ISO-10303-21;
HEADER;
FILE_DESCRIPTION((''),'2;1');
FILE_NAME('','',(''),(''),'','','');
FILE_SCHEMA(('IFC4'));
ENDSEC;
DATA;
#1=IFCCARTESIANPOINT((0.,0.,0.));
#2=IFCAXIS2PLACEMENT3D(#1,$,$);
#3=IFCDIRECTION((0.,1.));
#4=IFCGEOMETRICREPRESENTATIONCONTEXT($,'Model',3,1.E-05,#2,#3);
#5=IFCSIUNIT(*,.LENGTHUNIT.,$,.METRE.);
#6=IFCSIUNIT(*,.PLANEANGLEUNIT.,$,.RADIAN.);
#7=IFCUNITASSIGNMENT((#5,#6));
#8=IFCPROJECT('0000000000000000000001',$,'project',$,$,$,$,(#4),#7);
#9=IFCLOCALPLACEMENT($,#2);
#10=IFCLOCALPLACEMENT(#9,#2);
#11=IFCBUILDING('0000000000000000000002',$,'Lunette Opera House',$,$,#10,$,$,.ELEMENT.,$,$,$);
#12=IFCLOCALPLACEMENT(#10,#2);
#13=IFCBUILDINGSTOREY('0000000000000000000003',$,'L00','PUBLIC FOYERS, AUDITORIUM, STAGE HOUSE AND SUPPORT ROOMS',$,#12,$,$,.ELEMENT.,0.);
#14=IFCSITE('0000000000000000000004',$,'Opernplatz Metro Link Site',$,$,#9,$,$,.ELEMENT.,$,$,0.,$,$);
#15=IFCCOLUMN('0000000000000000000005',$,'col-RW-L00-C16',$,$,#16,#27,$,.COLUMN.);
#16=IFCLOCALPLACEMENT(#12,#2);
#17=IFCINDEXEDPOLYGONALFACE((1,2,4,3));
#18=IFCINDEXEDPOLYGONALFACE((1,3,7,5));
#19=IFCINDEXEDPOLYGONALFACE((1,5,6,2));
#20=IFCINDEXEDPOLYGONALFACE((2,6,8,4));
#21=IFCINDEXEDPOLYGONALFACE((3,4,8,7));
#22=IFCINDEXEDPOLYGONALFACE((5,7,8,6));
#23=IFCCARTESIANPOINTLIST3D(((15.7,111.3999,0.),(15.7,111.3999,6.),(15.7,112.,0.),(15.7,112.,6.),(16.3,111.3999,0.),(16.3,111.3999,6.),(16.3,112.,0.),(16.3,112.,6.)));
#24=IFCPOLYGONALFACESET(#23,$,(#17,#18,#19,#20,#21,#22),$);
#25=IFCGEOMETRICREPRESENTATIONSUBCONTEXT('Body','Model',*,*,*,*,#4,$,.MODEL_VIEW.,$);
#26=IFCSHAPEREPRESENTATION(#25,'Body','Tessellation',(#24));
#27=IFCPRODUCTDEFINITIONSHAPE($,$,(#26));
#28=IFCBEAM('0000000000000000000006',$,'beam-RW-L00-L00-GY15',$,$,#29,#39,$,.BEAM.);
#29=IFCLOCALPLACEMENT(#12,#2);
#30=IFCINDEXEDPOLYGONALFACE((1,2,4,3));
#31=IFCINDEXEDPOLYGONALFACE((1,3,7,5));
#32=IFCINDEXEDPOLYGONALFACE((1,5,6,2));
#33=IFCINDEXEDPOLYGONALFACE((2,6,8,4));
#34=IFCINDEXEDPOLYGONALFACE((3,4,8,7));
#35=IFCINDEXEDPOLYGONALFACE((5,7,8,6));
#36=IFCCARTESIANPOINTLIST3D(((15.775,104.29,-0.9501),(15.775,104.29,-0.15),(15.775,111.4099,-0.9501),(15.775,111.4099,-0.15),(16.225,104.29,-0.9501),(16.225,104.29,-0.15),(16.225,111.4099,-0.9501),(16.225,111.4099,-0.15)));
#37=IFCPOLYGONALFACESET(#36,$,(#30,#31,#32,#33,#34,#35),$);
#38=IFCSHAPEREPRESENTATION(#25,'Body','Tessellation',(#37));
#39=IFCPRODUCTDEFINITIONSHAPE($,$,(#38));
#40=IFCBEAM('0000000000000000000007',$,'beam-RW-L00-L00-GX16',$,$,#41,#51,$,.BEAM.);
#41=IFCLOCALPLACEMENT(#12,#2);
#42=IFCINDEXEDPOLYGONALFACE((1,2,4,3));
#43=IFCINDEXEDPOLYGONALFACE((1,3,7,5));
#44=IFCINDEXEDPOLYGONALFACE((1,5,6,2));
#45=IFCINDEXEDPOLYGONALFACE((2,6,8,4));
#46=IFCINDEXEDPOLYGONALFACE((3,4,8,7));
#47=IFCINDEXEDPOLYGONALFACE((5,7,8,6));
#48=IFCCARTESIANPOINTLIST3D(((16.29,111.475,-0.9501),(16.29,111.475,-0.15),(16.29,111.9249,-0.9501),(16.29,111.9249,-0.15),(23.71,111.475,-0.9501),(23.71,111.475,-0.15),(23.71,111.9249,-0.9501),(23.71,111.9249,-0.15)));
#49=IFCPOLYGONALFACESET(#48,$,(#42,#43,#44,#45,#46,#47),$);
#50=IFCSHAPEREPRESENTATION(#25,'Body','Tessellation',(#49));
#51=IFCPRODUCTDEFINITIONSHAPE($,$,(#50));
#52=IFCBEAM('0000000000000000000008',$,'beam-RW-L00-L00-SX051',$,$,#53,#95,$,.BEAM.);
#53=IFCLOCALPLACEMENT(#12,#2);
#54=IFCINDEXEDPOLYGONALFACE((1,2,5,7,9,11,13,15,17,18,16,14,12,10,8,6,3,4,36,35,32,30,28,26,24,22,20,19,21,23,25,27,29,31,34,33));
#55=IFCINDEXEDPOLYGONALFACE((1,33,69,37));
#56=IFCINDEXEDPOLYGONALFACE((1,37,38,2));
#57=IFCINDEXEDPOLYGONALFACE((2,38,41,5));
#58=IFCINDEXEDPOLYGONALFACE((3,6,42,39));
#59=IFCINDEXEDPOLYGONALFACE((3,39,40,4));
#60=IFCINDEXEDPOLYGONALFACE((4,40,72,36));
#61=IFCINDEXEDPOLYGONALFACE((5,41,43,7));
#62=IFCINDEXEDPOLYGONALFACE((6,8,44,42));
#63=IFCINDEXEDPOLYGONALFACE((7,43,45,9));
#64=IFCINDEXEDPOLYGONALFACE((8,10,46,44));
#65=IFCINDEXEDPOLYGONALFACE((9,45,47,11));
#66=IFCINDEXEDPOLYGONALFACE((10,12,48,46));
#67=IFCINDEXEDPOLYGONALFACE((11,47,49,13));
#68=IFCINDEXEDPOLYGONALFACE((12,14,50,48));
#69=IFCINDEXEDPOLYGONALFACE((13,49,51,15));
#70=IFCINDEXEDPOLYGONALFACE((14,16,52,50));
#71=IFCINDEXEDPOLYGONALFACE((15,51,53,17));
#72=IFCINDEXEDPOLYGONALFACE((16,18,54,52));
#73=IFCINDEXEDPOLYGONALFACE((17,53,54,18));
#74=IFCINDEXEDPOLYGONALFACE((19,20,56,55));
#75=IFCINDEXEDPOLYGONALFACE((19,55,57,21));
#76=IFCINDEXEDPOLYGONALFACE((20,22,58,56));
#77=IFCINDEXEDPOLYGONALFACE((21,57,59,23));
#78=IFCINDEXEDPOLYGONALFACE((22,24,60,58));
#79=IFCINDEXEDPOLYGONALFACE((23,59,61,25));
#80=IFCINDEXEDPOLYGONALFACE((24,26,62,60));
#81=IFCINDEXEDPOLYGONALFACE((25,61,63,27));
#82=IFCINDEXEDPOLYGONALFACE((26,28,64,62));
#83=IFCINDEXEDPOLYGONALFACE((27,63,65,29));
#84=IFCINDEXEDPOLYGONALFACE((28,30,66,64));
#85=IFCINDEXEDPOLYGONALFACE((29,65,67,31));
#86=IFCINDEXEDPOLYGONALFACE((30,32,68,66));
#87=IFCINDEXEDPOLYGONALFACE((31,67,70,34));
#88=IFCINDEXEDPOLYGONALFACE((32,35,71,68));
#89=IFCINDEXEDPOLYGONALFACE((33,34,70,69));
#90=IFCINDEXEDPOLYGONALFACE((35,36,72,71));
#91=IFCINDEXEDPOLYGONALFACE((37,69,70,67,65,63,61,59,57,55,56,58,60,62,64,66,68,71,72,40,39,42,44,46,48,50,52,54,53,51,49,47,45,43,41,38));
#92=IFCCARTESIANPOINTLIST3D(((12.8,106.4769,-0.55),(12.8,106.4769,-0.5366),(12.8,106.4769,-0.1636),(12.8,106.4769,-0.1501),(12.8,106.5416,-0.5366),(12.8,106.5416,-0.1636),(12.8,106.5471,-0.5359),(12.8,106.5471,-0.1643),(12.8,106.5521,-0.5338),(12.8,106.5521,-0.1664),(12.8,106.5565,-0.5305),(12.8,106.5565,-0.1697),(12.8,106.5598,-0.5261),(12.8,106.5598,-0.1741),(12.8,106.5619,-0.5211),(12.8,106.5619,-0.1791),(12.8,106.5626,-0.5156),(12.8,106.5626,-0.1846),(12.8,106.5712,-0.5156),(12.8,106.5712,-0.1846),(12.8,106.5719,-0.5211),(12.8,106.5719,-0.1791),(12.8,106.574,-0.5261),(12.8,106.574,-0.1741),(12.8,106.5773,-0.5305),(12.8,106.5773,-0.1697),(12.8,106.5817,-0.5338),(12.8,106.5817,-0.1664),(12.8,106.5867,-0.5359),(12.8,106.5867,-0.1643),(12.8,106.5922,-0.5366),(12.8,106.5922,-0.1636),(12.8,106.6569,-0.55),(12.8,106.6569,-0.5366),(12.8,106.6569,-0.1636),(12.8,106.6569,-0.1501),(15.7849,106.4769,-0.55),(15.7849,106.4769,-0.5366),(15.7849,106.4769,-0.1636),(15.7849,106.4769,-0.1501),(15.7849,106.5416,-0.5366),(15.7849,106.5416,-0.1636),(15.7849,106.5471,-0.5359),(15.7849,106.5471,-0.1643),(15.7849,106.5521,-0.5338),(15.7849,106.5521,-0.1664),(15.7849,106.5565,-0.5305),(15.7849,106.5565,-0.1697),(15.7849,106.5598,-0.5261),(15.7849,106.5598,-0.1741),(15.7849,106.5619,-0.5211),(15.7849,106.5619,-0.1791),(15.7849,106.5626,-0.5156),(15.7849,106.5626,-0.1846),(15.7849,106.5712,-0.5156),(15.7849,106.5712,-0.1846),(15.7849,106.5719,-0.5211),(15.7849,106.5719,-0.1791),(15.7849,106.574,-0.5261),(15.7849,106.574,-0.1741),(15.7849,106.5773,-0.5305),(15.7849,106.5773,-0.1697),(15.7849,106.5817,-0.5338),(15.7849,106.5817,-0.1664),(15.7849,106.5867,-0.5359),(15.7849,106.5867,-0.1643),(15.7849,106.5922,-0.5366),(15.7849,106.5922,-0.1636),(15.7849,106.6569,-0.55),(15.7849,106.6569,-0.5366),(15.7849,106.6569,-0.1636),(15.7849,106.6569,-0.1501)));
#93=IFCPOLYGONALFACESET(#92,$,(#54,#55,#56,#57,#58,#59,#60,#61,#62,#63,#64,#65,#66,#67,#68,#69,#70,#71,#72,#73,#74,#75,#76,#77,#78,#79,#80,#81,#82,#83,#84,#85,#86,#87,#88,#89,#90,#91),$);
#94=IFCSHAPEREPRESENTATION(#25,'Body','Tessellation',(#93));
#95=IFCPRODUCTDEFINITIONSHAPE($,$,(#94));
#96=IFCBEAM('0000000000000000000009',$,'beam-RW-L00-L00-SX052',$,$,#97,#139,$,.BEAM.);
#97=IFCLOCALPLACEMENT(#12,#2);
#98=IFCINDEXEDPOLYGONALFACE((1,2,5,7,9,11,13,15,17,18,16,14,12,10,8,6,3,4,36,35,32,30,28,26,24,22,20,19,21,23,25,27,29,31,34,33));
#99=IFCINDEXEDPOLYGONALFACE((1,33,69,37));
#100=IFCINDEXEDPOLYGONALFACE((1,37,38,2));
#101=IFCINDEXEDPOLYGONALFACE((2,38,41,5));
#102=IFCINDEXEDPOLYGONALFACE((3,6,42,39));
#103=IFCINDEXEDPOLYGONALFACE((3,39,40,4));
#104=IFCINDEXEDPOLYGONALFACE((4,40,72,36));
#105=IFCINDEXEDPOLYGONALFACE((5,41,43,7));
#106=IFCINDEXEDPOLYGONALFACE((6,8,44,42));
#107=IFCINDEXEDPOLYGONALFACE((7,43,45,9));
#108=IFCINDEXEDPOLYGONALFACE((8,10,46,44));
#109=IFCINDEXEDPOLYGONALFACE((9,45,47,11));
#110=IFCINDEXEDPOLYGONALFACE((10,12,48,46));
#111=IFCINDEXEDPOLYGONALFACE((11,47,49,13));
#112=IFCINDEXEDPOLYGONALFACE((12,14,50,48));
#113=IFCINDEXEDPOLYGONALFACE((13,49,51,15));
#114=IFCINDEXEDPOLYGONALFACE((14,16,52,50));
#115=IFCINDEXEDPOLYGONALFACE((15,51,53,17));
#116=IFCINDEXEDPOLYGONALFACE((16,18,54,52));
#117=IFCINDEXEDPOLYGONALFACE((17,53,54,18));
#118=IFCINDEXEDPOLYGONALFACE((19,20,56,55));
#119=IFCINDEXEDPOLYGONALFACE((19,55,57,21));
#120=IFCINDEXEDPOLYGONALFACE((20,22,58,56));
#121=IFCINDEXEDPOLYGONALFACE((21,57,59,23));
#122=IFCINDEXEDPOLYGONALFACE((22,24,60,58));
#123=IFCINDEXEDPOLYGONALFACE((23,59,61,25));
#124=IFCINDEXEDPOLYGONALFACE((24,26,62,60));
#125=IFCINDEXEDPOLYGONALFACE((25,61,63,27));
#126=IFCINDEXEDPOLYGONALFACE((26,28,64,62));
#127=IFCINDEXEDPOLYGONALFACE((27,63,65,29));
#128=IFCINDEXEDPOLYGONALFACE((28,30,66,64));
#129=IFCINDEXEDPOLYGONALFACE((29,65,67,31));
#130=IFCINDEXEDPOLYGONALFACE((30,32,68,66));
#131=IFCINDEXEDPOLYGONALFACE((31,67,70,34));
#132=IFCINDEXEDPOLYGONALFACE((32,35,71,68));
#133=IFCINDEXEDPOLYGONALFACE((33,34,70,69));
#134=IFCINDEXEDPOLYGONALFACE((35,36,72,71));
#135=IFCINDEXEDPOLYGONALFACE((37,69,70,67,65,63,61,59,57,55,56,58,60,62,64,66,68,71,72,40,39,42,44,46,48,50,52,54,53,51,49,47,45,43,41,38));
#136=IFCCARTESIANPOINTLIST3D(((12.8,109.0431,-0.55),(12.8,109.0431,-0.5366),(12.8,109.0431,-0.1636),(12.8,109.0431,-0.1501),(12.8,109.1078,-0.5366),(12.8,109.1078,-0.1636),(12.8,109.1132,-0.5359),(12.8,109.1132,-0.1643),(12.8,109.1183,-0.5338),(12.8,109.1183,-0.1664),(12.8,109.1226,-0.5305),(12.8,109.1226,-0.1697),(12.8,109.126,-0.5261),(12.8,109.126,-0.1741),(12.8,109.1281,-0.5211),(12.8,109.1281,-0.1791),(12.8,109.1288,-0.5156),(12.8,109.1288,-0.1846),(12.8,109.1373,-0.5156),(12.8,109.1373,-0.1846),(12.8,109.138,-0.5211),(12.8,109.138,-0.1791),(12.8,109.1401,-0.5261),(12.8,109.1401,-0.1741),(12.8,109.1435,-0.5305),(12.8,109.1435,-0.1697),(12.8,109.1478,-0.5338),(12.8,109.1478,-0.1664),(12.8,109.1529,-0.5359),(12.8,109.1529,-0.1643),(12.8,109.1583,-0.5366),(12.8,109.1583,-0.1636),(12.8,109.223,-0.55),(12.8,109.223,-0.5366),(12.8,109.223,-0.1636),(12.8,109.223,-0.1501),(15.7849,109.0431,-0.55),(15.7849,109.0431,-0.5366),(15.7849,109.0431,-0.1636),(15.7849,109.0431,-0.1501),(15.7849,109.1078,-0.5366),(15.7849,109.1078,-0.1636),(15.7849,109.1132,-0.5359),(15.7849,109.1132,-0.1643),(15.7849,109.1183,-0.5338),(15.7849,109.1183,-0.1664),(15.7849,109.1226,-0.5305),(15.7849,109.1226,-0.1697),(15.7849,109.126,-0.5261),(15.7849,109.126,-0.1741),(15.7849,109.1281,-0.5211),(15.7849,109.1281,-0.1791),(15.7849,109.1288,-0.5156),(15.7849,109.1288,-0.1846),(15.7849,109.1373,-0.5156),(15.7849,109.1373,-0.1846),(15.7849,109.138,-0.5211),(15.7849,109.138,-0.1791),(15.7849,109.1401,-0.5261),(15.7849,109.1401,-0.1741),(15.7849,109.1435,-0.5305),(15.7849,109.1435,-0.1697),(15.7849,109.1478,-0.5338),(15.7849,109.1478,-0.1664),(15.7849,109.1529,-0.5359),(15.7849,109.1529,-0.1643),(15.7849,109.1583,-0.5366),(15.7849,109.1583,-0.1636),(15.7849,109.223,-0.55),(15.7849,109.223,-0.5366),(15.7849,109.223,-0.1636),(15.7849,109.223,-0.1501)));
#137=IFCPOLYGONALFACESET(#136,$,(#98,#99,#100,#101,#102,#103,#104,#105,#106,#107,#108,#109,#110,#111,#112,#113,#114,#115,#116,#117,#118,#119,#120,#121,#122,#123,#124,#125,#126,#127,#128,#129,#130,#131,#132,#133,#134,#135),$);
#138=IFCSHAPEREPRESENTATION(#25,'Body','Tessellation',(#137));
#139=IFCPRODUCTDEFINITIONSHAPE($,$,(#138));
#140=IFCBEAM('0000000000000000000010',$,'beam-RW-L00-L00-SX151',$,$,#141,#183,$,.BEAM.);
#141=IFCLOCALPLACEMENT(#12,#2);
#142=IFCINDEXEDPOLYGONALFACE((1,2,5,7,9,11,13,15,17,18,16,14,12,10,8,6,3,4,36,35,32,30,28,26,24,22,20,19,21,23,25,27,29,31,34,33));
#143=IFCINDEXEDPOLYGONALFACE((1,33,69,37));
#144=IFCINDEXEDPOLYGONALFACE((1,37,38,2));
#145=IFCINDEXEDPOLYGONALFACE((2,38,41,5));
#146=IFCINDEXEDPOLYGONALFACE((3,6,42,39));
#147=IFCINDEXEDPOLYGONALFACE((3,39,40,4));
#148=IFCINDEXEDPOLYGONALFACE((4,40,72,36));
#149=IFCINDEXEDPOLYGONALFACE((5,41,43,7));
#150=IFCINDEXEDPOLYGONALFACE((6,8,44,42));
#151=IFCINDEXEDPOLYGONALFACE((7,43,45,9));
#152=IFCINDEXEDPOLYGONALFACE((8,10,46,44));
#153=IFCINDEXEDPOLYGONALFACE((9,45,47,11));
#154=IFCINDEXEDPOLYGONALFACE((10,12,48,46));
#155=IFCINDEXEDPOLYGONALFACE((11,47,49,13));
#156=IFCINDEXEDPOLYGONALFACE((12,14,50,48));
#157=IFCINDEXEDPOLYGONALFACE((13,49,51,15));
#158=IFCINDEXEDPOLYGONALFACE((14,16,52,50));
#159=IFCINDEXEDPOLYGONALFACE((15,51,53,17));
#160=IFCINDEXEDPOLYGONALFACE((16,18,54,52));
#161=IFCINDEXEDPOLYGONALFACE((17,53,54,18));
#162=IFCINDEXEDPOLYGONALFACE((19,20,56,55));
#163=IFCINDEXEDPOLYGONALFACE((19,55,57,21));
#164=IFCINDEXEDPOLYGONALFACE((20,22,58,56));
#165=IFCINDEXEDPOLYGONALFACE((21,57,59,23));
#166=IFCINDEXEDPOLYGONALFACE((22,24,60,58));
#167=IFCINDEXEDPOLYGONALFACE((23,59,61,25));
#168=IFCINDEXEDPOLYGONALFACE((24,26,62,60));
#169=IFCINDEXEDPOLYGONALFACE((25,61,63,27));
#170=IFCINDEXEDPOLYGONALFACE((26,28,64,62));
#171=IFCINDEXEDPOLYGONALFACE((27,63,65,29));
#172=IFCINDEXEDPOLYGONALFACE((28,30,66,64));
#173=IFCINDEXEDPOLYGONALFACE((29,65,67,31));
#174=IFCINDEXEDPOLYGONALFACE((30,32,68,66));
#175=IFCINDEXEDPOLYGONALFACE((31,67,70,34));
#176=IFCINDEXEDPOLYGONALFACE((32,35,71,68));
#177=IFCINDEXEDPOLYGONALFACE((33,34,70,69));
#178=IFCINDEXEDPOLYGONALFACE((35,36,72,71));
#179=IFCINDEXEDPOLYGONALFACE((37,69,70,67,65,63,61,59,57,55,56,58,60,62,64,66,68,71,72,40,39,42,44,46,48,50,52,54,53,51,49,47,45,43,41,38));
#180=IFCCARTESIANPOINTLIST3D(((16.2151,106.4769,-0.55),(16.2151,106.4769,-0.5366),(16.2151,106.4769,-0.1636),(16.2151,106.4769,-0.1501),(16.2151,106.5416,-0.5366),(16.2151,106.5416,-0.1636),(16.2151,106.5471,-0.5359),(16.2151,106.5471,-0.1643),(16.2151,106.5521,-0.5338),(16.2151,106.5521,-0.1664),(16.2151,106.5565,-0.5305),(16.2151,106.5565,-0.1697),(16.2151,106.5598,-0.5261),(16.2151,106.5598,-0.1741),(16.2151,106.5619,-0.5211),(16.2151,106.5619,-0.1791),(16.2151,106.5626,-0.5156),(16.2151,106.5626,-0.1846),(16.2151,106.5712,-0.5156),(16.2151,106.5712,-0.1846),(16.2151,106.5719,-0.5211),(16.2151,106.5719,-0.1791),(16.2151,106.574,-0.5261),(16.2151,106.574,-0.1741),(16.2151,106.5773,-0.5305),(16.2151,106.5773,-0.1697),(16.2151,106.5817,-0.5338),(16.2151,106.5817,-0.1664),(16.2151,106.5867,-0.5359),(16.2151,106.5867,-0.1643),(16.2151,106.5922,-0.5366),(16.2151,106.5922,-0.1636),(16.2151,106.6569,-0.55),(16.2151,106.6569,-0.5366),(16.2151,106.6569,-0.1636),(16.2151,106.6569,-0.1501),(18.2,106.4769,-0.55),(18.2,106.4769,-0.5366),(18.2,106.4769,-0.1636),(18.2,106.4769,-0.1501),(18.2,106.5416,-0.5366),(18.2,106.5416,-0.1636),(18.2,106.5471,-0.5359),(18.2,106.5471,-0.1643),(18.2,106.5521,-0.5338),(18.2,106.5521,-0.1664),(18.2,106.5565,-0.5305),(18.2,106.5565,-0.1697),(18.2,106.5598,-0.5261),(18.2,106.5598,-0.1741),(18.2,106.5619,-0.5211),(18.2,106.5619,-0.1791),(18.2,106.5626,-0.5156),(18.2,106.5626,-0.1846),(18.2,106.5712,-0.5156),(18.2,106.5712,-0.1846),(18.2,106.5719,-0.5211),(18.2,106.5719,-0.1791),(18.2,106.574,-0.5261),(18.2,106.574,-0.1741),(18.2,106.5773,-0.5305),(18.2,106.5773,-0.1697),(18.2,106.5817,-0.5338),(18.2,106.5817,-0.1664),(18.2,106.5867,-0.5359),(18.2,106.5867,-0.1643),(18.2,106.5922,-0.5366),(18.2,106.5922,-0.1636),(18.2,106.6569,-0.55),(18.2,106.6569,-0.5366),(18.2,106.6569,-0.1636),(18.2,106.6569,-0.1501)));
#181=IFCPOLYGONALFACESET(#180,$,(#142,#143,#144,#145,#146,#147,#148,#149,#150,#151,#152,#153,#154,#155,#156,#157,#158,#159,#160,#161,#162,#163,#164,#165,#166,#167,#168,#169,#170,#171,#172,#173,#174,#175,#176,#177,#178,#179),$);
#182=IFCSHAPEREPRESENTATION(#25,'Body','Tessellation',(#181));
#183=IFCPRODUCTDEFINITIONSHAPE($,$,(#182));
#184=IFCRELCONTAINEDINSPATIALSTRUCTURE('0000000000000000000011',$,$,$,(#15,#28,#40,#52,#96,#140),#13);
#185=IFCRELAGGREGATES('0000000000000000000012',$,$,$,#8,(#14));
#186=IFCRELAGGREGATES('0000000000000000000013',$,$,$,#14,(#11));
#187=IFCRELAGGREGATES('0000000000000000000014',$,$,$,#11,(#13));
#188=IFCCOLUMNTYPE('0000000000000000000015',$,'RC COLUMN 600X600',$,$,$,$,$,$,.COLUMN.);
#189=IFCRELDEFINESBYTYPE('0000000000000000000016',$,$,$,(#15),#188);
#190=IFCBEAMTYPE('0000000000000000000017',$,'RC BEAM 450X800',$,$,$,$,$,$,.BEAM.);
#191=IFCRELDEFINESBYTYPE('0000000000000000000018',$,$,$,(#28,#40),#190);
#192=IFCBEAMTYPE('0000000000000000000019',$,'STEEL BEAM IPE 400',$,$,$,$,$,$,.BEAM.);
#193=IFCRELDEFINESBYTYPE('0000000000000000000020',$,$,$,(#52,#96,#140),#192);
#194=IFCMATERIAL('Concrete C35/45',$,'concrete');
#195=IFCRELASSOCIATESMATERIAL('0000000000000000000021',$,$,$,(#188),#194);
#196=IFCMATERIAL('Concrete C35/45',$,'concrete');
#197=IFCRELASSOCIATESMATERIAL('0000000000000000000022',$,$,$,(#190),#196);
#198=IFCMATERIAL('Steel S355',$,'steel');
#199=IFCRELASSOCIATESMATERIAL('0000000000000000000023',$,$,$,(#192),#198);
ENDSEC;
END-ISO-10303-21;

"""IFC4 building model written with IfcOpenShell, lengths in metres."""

from ifc_helpers import new_model, si_unit, direction, frame, origin, origin_2d, place, context, subcontext, project, spatial, rectangle, i_section, extrude, material, material_profile, profile_set, type_object, element, save


model = new_model("IFC4")

# Units and contexts
model_context = context("Model", 3, precision=1e-05, world=origin(), true_north=direction((0.0, 1.0)))
body_context = subcontext(model_context, "Body", "Model", "MODEL_VIEW")
ifc_project = project(units=[si_unit("LENGTHUNIT", "METRE"), si_unit("PLANEANGLEUNIT", "RADIAN")], contexts=[model_context])

# Site, building, storey
site_placement = place(None, origin())
site = spatial("IfcSite", under=ifc_project, at=site_placement, Name="Opernplatz Metro Link Site", CompositionType="ELEMENT", RefElevation=0.0)
building_placement = place(site_placement, origin())
building = spatial("IfcBuilding", under=site, at=building_placement, Name="Lunette Opera House", CompositionType="ELEMENT")
storey_placement = place(building_placement, origin())
storey = spatial("IfcBuildingStorey", under=building, at=storey_placement, Name="L00", Description="PUBLIC FOYERS, AUDITORIUM, STAGE HOUSE AND SUPPORT ROOMS", CompositionType="ELEMENT", Elevation=0.0)

# Column
ifc_material_1 = material(Name="Concrete C35/45", Category="concrete")
ifc_material_profile_1 = material_profile(ifc_material_1, rectangle(XDim=0.6001, YDim=0.6001, at=origin_2d()), Name="RC COLUMN 600X600")
ifc_profile_set_1 = profile_set([ifc_material_profile_1], Name="Concrete C35/45")
column_type = type_object("IfcColumnType", Name="RC COLUMN 600X600", PredefinedType="COLUMN", material=ifc_profile_set_1)
column_placement = place(storey_placement, frame((16.0, 111.7, 0.0), z_axis=(0.0, 0.0, 1.0), x_axis=(1.0, 0.0, 0.0)))
element("IfcColumn", 1, at=column_placement, inside=storey, type_object=column_type, Name="col-RW-L00-C16", PredefinedType="COLUMN", context=body_context, shape_type="SweptSolid", body=[
    extrude(rectangle(XDim=0.6001, YDim=0.6001, at=origin_2d()), origin(), (0.0, 0.0, 1.0), 6.0),
])

# Beams
ifc_material_2 = material(Name="Concrete C35/45", Category="concrete")
ifc_material_profile_2 = material_profile(ifc_material_2, rectangle(XDim=0.45, YDim=0.8, at=origin_2d()), Name="RC BEAM 450X800")
ifc_profile_set_2 = profile_set([ifc_material_profile_2], Name="Concrete C35/45")
beam_type_1 = type_object("IfcBeamType", Name="RC BEAM 450X800", PredefinedType="BEAM", material=ifc_profile_set_2)
beam_1_placement = place(storey_placement, frame((16.0, 104.29, -0.55), z_axis=(0.0, 1.0, 0.0), x_axis=(-1.0, 0.0, 0.0)))
element("IfcBeam", 2, at=beam_1_placement, inside=storey, type_object=beam_type_1, Name="beam-RW-L00-L00-GY15", PredefinedType="BEAM", context=body_context, shape_type="SweptSolid", body=[
    extrude(rectangle(XDim=0.45, YDim=0.8, at=origin_2d()), origin(), (0.0, 0.0, 1.0), 7.1199),
])
beam_2_placement = place(storey_placement, frame((16.29, 111.7, -0.55), z_axis=(1.0, 0.0, 0.0), x_axis=(0.0, 1.0, 0.0)))
element("IfcBeam", 3, at=beam_2_placement, inside=storey, type_object=beam_type_1, Name="beam-RW-L00-L00-GX16", PredefinedType="BEAM", context=body_context, shape_type="SweptSolid", body=[
    extrude(rectangle(XDim=0.45, YDim=0.8, at=origin_2d()), origin(), (0.0, 0.0, 1.0), 7.4199),
])
ifc_material_3 = material(Name="Steel S355", Category="steel")
ifc_material_profile_3 = material_profile(ifc_material_3, i_section(OverallWidth=0.1799, OverallDepth=0.3999, WebThickness=0.0085, FlangeThickness=0.0134, FilletRadius=0.021, at=origin_2d()), Name="IPE 400")
ifc_profile_set_3 = profile_set([ifc_material_profile_3], Name="Steel S355")
beam_type_2 = type_object("IfcBeamType", Name="STEEL BEAM IPE 400", PredefinedType="BEAM", material=ifc_profile_set_3)
for number, where, z_axis, x_axis, name in (
    (4, (12.8, 106.5669, -0.3501), (1.0, 0.0, 0.0), (0.0, 1.0, 0.0), "beam-RW-L00-L00-SX051"),
    (5, (12.8, 109.1331, -0.3501), (1.0, 0.0, 0.0), (0.0, 1.0, 0.0), "beam-RW-L00-L00-SX052"),
):
    element("IfcBeam", number, at=place(storey_placement, frame(where, z_axis=z_axis, x_axis=x_axis)), inside=storey, type_object=beam_type_2, Name=name, PredefinedType="BEAM", context=body_context, shape_type="SweptSolid", body=[
        extrude(i_section(OverallWidth=0.1799, OverallDepth=0.3999, WebThickness=0.0085, FlangeThickness=0.0134, FilletRadius=0.021, at=origin_2d()), origin(), (0.0, 0.0, 1.0), 2.9849),
    ])
beam_3_placement = place(storey_placement, frame((16.2151, 106.5669, -0.3501), z_axis=(1.0, 0.0, 0.0), x_axis=(0.0, 1.0, 0.0)))
element("IfcBeam", 6, at=beam_3_placement, inside=storey, type_object=beam_type_2, Name="beam-RW-L00-L00-SX151", PredefinedType="BEAM", context=body_context, shape_type="SweptSolid", body=[
    extrude(i_section(OverallWidth=0.1799, OverallDepth=0.3999, WebThickness=0.0085, FlangeThickness=0.0134, FilletRadius=0.021, at=origin_2d()), origin(), (0.0, 0.0, 1.0), 1.9849),
])

save(model, "model.ifc")
